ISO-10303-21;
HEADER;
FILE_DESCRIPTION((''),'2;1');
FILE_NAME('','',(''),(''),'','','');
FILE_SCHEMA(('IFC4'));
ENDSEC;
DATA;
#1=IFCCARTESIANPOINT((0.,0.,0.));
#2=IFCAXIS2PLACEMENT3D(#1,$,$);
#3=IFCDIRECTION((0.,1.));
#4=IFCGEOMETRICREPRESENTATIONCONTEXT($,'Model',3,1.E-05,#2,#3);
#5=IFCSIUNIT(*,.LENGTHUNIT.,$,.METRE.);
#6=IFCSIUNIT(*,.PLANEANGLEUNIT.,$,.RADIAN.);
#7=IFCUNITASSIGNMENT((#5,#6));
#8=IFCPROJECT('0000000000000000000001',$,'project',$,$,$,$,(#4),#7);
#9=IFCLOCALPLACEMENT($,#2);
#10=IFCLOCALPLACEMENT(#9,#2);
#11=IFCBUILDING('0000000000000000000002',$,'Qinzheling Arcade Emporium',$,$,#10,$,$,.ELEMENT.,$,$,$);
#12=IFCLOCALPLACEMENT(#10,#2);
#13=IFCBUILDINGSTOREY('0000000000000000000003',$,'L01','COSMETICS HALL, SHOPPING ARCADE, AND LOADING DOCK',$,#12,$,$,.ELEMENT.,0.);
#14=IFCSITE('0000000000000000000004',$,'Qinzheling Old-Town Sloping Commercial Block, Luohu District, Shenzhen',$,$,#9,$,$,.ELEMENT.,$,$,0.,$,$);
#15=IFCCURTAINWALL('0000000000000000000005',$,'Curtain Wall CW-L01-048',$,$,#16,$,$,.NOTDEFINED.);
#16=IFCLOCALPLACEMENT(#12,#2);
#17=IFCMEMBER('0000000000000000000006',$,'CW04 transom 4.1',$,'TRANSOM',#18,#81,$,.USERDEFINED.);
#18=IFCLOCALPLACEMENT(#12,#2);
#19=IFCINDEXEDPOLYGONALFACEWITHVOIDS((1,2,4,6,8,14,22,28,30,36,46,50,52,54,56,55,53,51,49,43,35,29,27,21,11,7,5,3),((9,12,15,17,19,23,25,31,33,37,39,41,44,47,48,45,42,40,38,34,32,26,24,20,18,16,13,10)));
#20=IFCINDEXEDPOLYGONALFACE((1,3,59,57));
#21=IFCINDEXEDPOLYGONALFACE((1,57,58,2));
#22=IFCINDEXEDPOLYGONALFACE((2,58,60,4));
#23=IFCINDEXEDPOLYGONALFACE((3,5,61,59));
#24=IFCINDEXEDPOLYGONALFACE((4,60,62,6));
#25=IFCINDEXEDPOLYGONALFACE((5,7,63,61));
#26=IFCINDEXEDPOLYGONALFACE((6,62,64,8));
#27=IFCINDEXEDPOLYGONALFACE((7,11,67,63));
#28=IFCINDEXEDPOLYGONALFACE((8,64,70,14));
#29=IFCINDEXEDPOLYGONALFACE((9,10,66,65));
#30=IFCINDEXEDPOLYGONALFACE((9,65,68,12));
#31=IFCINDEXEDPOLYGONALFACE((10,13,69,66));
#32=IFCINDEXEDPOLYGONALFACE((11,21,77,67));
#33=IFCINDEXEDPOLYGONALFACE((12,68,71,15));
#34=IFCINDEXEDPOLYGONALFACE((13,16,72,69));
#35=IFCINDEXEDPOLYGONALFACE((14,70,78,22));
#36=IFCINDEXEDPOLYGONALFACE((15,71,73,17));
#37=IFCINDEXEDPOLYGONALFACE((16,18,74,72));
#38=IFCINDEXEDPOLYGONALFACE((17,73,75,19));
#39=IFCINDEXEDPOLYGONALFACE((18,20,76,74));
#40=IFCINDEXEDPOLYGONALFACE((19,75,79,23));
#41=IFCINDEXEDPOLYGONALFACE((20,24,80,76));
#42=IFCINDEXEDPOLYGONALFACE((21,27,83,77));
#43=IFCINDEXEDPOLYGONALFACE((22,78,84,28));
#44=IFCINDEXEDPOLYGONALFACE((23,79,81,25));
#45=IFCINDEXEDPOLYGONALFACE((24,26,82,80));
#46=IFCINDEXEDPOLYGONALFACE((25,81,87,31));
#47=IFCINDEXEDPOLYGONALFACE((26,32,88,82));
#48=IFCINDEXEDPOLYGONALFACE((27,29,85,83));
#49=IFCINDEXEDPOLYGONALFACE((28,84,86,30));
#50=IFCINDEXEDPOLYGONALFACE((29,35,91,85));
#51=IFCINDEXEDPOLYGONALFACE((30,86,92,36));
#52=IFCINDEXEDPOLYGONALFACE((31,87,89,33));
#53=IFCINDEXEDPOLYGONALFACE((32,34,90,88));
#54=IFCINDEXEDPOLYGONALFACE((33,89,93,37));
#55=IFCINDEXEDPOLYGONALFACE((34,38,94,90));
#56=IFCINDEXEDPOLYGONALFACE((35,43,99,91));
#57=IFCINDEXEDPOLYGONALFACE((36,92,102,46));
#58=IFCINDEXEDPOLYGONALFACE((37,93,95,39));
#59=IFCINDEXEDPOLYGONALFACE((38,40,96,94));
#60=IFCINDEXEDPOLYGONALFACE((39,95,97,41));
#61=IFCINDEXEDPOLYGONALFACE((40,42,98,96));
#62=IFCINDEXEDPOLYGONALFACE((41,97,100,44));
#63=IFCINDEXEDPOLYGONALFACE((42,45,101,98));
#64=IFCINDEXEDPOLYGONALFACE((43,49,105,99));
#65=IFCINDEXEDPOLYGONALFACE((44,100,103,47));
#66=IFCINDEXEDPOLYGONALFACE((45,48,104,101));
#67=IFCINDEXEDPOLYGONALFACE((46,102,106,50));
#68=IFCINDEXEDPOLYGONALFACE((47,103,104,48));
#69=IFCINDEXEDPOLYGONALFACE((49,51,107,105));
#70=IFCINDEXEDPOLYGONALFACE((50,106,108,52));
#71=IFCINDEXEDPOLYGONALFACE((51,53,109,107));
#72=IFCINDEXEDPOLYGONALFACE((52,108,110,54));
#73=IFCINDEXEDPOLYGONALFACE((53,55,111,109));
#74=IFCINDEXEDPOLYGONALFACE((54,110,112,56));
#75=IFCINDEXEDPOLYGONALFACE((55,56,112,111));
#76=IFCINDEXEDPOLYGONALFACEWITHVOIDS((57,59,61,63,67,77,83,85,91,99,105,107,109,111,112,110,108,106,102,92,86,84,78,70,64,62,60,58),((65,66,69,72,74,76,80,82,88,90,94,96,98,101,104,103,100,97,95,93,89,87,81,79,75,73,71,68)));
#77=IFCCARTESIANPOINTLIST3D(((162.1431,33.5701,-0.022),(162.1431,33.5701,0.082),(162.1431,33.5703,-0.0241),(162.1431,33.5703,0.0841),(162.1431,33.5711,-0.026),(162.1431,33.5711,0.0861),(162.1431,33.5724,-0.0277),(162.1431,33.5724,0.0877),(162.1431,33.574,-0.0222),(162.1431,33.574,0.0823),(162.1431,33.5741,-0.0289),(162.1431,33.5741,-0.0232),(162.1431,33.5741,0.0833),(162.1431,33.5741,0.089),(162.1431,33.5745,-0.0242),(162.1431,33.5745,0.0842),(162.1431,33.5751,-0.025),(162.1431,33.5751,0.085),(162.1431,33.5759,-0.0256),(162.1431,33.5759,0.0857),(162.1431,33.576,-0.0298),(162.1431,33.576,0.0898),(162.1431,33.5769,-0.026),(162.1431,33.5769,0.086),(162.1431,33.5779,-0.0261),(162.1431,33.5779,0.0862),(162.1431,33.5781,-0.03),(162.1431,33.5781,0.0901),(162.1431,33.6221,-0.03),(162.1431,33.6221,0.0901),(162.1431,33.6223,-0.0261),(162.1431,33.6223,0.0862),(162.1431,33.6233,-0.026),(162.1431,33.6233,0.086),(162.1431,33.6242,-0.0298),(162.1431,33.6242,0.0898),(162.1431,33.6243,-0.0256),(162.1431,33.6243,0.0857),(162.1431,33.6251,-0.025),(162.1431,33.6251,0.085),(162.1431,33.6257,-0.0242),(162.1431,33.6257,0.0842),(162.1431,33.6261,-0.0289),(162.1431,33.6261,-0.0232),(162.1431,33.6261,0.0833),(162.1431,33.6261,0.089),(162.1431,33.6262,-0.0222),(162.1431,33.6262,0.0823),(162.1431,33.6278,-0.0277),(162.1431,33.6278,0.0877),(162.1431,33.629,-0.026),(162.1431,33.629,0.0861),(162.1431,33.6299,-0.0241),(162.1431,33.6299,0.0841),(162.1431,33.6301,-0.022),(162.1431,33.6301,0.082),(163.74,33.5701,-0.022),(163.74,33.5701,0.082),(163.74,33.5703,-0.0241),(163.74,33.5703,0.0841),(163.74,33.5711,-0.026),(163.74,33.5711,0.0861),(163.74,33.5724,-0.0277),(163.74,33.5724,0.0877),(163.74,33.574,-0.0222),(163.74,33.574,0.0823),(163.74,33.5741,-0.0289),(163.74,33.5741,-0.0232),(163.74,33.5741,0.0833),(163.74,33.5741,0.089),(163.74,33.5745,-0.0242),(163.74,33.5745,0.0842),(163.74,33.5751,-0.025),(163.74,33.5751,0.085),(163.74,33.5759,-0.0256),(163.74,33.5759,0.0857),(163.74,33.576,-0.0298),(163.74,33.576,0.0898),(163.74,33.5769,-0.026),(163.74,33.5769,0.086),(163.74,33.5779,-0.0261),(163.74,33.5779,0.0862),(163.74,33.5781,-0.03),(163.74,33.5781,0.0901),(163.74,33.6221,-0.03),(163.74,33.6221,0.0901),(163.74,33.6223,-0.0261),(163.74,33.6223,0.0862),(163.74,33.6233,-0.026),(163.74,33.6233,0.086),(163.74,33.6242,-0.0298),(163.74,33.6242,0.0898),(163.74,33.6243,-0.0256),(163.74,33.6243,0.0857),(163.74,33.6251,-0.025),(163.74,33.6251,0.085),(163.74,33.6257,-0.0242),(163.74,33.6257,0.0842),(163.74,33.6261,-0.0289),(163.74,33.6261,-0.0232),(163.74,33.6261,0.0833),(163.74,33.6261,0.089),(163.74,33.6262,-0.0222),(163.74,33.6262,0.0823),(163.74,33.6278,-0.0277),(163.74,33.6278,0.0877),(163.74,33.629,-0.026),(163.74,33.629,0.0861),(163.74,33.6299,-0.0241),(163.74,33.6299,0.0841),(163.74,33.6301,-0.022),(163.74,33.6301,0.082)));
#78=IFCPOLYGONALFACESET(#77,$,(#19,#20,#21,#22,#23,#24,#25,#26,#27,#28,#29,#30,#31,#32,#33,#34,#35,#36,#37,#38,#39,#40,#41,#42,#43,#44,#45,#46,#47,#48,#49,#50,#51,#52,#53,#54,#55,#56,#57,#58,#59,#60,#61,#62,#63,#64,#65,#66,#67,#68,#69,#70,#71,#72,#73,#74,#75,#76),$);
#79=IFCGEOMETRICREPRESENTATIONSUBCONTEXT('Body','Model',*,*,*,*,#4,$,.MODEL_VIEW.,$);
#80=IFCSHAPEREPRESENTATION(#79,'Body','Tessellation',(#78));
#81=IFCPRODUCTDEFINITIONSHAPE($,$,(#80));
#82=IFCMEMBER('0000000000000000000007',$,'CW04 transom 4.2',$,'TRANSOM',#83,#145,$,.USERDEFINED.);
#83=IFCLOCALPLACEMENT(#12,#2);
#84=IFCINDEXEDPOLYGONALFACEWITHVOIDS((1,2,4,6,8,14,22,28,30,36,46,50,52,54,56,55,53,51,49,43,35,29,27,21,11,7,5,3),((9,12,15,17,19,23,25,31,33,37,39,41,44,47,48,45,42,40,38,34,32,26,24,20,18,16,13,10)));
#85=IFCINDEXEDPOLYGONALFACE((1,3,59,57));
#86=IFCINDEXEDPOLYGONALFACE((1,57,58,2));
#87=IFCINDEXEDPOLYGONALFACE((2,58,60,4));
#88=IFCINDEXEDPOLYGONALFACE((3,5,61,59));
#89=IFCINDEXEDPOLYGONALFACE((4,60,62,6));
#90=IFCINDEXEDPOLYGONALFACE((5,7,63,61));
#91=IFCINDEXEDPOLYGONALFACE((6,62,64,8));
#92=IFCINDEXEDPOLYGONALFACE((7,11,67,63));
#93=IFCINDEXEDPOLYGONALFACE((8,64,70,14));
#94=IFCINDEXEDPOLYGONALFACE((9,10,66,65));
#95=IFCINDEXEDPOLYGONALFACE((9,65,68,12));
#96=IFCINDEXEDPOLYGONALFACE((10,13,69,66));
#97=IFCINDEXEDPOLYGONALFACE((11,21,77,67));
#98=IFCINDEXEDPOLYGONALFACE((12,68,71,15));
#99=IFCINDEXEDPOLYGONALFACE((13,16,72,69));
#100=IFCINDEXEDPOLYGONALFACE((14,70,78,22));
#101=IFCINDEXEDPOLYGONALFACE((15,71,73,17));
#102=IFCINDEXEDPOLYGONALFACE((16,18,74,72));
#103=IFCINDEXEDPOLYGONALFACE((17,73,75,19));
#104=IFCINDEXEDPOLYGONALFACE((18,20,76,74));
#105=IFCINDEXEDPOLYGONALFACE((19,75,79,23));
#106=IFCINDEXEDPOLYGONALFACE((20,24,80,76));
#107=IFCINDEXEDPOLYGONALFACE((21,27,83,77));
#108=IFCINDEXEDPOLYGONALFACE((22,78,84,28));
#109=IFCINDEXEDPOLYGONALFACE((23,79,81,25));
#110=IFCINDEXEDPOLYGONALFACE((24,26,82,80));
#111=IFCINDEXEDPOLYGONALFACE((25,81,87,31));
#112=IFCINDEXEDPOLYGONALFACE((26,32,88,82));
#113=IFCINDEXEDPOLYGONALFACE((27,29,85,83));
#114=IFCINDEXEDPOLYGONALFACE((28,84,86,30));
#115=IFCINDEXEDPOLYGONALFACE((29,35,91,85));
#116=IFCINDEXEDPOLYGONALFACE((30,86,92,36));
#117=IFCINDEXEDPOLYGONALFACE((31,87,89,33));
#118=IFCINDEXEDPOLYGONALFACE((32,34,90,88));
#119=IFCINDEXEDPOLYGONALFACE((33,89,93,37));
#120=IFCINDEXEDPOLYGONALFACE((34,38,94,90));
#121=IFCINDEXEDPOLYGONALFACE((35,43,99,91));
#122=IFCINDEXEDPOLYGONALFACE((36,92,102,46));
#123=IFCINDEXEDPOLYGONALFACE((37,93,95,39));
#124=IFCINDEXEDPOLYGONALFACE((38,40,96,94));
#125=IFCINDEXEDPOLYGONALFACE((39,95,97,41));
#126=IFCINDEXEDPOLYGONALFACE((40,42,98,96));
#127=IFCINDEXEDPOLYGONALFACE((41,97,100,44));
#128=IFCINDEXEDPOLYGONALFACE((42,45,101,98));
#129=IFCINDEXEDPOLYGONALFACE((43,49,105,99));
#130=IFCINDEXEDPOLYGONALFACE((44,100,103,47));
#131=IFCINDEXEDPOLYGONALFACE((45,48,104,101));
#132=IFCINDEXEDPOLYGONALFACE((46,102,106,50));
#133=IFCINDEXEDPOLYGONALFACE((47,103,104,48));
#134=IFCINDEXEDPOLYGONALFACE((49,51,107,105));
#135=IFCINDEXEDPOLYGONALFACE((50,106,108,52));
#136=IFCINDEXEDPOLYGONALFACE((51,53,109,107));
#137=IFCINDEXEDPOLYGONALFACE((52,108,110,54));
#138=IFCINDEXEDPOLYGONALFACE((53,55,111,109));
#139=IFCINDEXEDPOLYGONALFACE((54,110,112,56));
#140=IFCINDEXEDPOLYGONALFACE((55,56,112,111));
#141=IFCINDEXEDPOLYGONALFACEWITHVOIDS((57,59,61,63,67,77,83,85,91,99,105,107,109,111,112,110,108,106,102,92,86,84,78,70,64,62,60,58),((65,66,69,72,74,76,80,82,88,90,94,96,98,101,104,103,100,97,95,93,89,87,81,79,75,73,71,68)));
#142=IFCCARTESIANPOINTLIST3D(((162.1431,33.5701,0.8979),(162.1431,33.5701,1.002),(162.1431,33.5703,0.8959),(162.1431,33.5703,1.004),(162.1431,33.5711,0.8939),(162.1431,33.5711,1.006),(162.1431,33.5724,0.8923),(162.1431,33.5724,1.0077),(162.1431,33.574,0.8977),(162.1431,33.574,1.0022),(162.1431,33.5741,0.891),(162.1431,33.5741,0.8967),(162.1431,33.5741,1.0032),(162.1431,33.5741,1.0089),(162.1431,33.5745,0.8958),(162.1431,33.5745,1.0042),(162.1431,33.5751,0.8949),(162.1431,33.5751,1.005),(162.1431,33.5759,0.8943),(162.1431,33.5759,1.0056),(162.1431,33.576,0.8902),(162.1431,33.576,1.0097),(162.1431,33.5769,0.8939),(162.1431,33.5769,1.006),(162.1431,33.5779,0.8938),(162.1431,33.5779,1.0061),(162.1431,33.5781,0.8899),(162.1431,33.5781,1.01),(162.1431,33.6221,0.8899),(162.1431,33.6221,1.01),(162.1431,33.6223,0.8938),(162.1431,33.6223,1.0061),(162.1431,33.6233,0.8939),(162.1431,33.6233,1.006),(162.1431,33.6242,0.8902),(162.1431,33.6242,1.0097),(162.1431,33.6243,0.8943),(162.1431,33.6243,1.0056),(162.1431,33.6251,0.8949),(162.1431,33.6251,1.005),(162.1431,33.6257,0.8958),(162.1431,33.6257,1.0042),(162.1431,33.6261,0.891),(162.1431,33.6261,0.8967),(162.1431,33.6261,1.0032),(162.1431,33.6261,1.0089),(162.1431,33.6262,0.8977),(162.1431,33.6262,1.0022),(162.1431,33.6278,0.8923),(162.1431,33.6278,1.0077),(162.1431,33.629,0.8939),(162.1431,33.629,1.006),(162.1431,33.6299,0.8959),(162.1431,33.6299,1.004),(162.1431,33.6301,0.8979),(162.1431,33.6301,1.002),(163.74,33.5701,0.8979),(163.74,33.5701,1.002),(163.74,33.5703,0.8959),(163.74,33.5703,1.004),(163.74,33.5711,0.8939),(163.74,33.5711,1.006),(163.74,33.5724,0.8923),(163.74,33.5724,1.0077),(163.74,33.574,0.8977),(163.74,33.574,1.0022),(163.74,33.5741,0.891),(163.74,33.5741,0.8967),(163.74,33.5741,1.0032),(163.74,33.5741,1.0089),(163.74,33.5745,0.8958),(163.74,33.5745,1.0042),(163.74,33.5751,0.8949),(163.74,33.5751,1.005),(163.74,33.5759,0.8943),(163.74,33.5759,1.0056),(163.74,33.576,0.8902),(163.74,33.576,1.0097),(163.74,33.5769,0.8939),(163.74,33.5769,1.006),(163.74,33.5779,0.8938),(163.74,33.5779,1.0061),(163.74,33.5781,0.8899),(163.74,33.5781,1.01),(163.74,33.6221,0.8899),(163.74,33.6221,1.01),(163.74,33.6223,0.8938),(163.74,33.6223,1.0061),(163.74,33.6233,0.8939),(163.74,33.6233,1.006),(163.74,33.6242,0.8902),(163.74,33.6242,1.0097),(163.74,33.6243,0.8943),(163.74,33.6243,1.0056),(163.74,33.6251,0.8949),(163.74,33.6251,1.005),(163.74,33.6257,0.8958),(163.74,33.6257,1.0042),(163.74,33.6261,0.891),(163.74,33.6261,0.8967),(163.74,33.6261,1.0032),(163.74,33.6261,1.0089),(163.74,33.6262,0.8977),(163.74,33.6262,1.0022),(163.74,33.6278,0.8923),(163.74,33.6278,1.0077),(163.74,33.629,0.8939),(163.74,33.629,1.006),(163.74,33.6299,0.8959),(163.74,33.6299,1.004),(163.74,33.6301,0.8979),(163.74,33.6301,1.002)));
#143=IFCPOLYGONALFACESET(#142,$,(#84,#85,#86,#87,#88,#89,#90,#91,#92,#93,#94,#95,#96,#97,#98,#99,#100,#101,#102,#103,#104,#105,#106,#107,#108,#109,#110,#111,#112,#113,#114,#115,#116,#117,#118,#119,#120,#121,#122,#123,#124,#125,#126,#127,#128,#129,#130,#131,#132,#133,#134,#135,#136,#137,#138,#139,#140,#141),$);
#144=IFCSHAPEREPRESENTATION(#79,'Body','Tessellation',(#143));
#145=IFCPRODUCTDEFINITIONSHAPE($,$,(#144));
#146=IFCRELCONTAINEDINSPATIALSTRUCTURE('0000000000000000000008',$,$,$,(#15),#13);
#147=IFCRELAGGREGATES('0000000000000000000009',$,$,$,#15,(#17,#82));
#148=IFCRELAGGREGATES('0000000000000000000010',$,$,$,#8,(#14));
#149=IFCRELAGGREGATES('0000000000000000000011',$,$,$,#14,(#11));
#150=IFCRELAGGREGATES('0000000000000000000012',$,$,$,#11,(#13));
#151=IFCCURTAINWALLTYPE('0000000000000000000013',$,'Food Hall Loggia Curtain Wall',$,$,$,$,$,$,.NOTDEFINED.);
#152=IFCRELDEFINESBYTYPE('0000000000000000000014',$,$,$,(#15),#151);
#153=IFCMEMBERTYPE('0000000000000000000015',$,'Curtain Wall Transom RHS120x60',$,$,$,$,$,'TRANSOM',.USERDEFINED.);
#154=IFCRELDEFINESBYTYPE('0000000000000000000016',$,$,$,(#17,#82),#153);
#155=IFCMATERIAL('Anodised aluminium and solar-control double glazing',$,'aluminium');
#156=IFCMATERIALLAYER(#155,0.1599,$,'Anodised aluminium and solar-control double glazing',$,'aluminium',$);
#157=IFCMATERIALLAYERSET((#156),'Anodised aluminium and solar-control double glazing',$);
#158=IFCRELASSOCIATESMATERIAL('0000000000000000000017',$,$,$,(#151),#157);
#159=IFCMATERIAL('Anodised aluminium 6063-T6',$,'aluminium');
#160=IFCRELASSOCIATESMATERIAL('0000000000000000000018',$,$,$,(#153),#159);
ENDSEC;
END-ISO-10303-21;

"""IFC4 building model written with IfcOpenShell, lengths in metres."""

from ifc_helpers import new_model, si_unit, direction, frame, origin, origin_2d, place, context, subcontext, project, spatial, hollow_rectangle, extrude, material, layer, layer_set, material_profile, profile_set, type_object, element, aggregate, save


model = new_model("IFC4")

# Units and contexts
model_context = context("Model", 3, precision=1e-05, world=origin(), true_north=direction((0.0, 1.0)))
body_context = subcontext(model_context, "Body", "Model", "MODEL_VIEW")
ifc_project = project(units=[si_unit("LENGTHUNIT", "METRE"), si_unit("PLANEANGLEUNIT", "RADIAN")], contexts=[model_context])

# Site, building, storey
site_placement = place(None, origin())
site = spatial("IfcSite", under=ifc_project, at=site_placement, Name="Qinzheling Old-Town Sloping Commercial Block, Luohu District, Shenzhen", CompositionType="ELEMENT", RefElevation=0.0)
building_placement = place(site_placement, origin())
building = spatial("IfcBuilding", under=site, at=building_placement, Name="Qinzheling Arcade Emporium", CompositionType="ELEMENT")
storey_placement = place(building_placement, origin())
storey = spatial("IfcBuildingStorey", under=building, at=storey_placement, Name="L01", Description="COSMETICS HALL, SHOPPING ARCADE, AND LOADING DOCK", CompositionType="ELEMENT", Elevation=0.0)

# Curtain wall, members
ifc_material_1 = material(Name="Anodised aluminium and solar-control double glazing", Category="aluminium")
ifc_layer_1 = layer(ifc_material_1, 0.1599, Name="Anodised aluminium and solar-control double glazing", Category="aluminium")
ifc_layer_set_1 = layer_set([ifc_layer_1], Name="Anodised aluminium and solar-control double glazing")
curtain_wall_type = type_object("IfcCurtainWallType", Name="Food Hall Loggia Curtain Wall", PredefinedType="NOTDEFINED", material=ifc_layer_set_1)
curtain_wall_placement = place(storey_placement, origin())
curtain_wall = element("IfcCurtainWall", 1, at=curtain_wall_placement, inside=storey, type_object=curtain_wall_type, Name="Curtain Wall CW-L01-048", PredefinedType="NOTDEFINED")
ifc_material_2 = material(Name="Anodised aluminium 6063-T6", Category="aluminium")
ifc_material_profile_1 = material_profile(ifc_material_2, hollow_rectangle(XDim=0.0601, YDim=0.1201, WallThickness=0.0039, InnerFilletRadius=0.0039, OuterFilletRadius=0.0081, at=origin_2d()), Name="RHS 120x60x4", Category="aluminium")
ifc_profile_set_1 = profile_set([ifc_material_profile_1], Name="Anodised aluminium 6063-T6")
member_type_1 = type_object("IfcMemberType", Name="Curtain Wall Transom RHS120x60", ElementType="TRANSOM", PredefinedType="USERDEFINED", material=ifc_profile_set_1)
member_1_placement = place(storey_placement, frame((162.1431, 33.6001, 0.03), z_axis=(1.0, 0.0, 0.0), x_axis=(0.0, 1.0, 0.0)))
member_1 = element("IfcMember", 2, at=member_1_placement, type_object=member_type_1, Name="CW04 transom 4.1", ObjectType="TRANSOM", PredefinedType="USERDEFINED", context=body_context, shape_type="SweptSolid", body=[
    extrude(hollow_rectangle(XDim=0.0601, YDim=0.1201, WallThickness=0.0039, InnerFilletRadius=0.0039, OuterFilletRadius=0.0081, at=origin_2d()), origin(), (0.0, 0.0, 1.0), 1.5969),
])
member_2_placement = place(storey_placement, frame((162.1431, 33.6001, 0.95), z_axis=(1.0, 0.0, 0.0), x_axis=(0.0, 1.0, 0.0)))
member_2 = element("IfcMember", 3, at=member_2_placement, type_object=member_type_1, Name="CW04 transom 4.2", ObjectType="TRANSOM", PredefinedType="USERDEFINED", context=body_context, shape_type="SweptSolid", body=[
    extrude(hollow_rectangle(XDim=0.0601, YDim=0.1201, WallThickness=0.0039, InnerFilletRadius=0.0039, OuterFilletRadius=0.0081, at=origin_2d()), origin(), (0.0, 0.0, 1.0), 1.5969),
])
aggregate(curtain_wall, [member_1, member_2])

save(model, "model.ifc")
